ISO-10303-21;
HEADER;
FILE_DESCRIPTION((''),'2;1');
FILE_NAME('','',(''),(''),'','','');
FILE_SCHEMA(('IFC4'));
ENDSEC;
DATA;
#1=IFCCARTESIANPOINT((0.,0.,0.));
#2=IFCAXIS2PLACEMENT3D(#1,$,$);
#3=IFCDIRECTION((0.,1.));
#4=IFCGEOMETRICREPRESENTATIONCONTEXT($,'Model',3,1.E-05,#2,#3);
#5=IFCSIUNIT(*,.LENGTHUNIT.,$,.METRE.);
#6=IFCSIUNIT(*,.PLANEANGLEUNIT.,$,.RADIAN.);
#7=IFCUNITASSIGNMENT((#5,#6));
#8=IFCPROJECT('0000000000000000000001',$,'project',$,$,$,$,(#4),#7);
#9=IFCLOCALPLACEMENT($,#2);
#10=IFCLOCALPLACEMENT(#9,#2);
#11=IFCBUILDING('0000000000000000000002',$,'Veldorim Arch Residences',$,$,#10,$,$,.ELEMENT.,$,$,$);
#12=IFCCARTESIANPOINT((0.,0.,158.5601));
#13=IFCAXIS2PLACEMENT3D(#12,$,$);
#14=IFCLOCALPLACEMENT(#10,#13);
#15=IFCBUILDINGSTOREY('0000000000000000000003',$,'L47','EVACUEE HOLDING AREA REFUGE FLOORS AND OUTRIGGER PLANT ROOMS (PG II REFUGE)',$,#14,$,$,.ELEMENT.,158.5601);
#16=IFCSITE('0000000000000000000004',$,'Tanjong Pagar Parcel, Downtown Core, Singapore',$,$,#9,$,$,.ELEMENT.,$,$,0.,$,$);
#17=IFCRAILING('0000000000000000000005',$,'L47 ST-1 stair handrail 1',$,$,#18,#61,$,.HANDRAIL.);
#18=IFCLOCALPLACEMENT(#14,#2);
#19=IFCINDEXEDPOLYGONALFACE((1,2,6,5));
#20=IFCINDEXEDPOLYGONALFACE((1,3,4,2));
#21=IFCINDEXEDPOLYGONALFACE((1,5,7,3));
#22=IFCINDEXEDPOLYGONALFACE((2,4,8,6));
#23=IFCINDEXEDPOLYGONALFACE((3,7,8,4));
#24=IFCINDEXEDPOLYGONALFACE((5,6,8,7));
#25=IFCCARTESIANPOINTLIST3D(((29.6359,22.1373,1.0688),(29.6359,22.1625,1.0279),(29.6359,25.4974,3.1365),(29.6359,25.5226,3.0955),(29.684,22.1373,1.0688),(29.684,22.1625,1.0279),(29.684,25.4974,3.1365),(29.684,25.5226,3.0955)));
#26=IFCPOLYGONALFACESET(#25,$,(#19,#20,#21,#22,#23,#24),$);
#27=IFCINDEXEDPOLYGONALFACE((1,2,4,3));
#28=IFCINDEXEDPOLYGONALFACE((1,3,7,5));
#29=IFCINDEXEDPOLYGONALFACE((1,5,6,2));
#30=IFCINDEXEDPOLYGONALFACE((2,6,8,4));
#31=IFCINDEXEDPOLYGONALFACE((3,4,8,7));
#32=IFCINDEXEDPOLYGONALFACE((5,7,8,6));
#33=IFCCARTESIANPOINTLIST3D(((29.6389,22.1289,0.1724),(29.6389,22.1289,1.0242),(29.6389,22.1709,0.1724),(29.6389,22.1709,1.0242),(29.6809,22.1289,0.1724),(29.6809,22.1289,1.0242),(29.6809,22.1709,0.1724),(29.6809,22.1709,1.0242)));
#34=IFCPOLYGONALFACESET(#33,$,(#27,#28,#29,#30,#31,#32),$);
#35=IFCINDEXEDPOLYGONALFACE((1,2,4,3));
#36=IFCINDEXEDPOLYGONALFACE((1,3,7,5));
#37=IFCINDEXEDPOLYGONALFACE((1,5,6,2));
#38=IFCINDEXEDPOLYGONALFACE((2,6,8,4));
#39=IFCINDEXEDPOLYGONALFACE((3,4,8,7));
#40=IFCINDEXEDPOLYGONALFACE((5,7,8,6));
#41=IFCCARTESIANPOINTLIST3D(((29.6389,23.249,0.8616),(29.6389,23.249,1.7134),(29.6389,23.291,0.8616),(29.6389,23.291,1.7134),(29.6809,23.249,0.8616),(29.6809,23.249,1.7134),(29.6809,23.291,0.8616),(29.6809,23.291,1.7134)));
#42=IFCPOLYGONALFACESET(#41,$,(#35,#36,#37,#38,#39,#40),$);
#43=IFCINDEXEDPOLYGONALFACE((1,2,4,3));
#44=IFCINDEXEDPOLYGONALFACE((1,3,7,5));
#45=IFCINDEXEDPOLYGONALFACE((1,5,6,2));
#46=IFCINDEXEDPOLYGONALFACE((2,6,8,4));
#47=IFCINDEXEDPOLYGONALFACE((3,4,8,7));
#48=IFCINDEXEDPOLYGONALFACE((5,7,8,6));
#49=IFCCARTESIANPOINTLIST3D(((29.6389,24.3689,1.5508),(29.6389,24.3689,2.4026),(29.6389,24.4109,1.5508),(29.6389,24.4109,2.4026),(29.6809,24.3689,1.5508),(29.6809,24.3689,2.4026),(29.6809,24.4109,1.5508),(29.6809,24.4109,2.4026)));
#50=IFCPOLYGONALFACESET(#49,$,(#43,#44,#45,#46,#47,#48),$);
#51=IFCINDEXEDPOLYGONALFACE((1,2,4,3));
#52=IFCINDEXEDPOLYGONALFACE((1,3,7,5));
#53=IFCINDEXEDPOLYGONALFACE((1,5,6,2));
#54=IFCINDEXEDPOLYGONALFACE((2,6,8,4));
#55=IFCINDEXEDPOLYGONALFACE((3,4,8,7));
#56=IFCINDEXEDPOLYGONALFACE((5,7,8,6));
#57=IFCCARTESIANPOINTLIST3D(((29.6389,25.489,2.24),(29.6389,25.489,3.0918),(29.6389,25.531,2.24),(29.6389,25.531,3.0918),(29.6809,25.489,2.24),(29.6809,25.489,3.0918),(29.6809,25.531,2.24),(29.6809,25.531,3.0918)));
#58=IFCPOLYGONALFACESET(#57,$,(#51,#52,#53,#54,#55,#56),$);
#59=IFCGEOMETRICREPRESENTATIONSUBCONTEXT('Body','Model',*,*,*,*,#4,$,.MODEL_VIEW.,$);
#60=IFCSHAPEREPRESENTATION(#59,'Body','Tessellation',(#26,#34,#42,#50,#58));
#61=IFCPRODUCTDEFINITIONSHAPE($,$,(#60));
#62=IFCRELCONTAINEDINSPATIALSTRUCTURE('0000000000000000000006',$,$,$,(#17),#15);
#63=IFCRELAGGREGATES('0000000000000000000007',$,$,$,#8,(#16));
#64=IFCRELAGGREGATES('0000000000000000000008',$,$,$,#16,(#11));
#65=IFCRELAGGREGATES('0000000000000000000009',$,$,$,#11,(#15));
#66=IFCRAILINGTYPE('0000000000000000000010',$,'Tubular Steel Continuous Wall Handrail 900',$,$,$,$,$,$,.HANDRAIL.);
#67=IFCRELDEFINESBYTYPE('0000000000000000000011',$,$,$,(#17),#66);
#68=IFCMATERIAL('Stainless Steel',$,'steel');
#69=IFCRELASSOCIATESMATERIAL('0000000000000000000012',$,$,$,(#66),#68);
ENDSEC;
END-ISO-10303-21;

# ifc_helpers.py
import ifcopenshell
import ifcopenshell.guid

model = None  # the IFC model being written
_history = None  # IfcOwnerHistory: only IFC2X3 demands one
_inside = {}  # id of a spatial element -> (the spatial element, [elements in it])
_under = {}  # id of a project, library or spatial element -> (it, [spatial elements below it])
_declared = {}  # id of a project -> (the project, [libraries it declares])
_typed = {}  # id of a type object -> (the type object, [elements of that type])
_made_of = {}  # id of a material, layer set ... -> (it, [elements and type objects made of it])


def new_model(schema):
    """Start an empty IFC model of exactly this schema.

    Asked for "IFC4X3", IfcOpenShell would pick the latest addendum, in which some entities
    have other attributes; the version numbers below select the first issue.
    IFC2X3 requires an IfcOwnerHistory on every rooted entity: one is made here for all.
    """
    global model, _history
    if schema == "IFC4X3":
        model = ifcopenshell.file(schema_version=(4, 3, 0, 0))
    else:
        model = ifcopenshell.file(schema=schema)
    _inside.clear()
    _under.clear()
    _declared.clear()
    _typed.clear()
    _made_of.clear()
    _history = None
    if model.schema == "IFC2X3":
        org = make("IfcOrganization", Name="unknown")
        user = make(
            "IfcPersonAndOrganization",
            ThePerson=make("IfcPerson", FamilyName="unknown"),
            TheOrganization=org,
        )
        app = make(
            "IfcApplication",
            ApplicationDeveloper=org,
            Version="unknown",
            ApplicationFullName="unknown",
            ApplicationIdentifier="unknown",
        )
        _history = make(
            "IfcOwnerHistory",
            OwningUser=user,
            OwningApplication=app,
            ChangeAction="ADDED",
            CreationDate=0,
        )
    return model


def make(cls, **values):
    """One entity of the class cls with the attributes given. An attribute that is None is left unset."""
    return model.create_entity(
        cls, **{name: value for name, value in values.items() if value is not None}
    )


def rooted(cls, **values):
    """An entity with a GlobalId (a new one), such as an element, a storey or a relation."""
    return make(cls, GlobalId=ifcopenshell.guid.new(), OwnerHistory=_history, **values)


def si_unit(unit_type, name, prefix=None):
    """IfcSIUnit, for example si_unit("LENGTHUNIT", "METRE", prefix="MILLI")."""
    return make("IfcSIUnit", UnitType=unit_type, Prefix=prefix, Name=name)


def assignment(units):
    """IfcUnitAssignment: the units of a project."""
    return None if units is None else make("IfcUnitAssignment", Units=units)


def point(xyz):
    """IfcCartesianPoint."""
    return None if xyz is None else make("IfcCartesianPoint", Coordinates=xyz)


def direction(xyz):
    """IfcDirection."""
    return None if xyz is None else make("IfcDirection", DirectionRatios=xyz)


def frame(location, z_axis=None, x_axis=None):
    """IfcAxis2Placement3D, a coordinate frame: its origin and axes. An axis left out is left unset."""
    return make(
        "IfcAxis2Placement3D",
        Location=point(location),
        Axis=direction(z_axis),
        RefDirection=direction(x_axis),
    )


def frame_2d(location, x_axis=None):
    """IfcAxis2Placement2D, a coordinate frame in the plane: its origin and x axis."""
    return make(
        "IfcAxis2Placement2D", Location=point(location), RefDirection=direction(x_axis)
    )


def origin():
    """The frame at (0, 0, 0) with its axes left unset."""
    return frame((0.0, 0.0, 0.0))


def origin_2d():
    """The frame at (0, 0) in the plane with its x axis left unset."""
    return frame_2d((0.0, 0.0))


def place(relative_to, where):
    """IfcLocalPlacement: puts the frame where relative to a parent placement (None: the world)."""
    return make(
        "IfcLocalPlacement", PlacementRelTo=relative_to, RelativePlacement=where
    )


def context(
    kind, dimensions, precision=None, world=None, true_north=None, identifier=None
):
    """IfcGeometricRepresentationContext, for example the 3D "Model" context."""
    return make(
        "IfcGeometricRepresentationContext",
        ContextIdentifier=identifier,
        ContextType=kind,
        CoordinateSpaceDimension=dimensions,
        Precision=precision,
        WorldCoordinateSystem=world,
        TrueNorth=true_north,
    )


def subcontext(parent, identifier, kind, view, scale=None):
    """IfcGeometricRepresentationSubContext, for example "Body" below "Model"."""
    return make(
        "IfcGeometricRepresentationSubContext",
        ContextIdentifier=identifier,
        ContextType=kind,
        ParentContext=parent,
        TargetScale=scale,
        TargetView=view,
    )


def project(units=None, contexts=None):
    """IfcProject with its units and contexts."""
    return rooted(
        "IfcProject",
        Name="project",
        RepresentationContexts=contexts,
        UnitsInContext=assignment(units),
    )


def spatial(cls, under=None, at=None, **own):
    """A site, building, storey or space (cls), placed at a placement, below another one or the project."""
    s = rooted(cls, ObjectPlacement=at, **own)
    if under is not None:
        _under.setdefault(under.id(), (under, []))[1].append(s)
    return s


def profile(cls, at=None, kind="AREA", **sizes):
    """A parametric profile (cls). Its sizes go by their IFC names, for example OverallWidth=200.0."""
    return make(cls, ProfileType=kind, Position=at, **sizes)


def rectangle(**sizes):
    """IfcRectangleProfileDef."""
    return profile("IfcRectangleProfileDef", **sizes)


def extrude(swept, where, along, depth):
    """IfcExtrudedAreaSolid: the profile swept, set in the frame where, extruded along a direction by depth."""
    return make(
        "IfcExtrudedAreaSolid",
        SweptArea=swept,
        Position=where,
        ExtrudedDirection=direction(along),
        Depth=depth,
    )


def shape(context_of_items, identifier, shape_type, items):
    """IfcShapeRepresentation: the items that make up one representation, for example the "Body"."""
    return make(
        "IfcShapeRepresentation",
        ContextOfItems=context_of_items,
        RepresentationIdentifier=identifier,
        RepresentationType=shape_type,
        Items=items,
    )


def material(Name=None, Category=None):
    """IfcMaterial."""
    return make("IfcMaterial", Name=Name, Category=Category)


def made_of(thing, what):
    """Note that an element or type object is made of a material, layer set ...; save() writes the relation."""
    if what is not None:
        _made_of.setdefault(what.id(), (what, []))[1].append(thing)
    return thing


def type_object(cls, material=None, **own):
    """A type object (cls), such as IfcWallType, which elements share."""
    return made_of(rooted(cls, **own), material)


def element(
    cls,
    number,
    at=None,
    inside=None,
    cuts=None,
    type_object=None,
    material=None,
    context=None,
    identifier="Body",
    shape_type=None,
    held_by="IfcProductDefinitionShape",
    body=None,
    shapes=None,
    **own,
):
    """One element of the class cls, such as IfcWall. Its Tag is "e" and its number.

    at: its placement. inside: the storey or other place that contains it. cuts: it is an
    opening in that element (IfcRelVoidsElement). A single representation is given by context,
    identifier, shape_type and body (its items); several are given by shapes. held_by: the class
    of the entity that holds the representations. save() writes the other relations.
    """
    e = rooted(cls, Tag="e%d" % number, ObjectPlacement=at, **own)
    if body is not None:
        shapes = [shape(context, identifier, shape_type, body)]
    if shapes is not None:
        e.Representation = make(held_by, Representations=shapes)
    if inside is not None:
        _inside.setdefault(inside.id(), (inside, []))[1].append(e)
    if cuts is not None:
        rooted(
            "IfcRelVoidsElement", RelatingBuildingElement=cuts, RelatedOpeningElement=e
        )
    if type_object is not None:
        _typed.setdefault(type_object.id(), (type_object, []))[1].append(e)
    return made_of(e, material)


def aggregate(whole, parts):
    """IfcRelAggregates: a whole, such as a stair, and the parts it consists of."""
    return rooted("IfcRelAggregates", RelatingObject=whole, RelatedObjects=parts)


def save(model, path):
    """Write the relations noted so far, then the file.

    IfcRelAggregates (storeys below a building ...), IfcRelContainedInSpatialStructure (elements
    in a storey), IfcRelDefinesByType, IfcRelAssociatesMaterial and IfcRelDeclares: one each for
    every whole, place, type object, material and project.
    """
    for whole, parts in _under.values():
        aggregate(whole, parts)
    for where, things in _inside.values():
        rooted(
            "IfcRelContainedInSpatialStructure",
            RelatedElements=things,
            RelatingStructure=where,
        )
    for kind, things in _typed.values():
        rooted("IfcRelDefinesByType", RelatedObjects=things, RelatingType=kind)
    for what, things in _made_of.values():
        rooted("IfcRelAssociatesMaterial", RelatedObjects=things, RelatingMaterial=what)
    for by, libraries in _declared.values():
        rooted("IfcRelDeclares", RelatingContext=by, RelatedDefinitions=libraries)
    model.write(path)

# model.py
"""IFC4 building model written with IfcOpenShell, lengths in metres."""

from ifc_helpers import new_model, si_unit, direction, frame, origin, origin_2d, place, context, subcontext, project, spatial, rectangle, extrude, material, type_object, element, save


model = new_model("IFC4")

# Units and contexts
model_context = context("Model", 3, precision=1e-05, world=origin(), true_north=direction((0.0, 1.0)))
body_context = subcontext(model_context, "Body", "Model", "MODEL_VIEW")
ifc_project = project(units=[si_unit("LENGTHUNIT", "METRE"), si_unit("PLANEANGLEUNIT", "RADIAN")], contexts=[model_context])

# Site, building, storey
site_placement = place(None, origin())
site = spatial("IfcSite", under=ifc_project, at=site_placement, Name="Tanjong Pagar Parcel, Downtown Core, Singapore", CompositionType="ELEMENT", RefElevation=0.0)
building_placement = place(site_placement, origin())
building = spatial("IfcBuilding", under=site, at=building_placement, Name="Veldorim Arch Residences", CompositionType="ELEMENT")
storey_placement = place(building_placement, frame((0.0, 0.0, 158.5601)))
storey = spatial("IfcBuildingStorey", under=building, at=storey_placement, Name="L47", Description="EVACUEE HOLDING AREA REFUGE FLOORS AND OUTRIGGER PLANT ROOMS (PG II REFUGE)", CompositionType="ELEMENT", Elevation=158.5601)

# Railing
ifc_material_1 = material(Name="Stainless Steel", Category="steel")
railing_type_1 = type_object("IfcRailingType", Name="Tubular Steel Continuous Wall Handrail 900", PredefinedType="HANDRAIL", material=ifc_material_1)
railing_1_placement = place(storey_placement, frame((29.6599, 22.1499, 0.1724)))
element("IfcRailing", 1, at=railing_1_placement, inside=storey, type_object=railing_type_1, Name="L47 ST-1 stair handrail 1", PredefinedType="HANDRAIL", context=body_context, shape_type="SweptSolid", body=[
    extrude(rectangle(XDim=0.0481, YDim=0.0481, at=origin_2d()), frame((0.0, 0.0, 0.876), z_axis=(0.0, 0.851673, 0.524073), x_axis=(-1.0, 0.0, 0.0)), (0.0, 0.0, 1.0), 3.9453),
    extrude(rectangle(XDim=0.042, YDim=0.042, at=origin_2d()), origin(), (0.0, 0.0, 1.0), 0.8518),
    extrude(rectangle(XDim=0.042, YDim=0.042, at=origin_2d()), frame((0.0, 1.1201, 0.6892)), (0.0, 0.0, 1.0), 0.8518),
    extrude(rectangle(XDim=0.042, YDim=0.042, at=origin_2d()), frame((0.0, 2.24, 1.3784)), (0.0, 0.0, 1.0), 0.8518),
    extrude(rectangle(XDim=0.042, YDim=0.042, at=origin_2d()), frame((0.0, 3.3601, 2.0676)), (0.0, 0.0, 1.0), 0.8518),
])

save(model, "model.ifc")
